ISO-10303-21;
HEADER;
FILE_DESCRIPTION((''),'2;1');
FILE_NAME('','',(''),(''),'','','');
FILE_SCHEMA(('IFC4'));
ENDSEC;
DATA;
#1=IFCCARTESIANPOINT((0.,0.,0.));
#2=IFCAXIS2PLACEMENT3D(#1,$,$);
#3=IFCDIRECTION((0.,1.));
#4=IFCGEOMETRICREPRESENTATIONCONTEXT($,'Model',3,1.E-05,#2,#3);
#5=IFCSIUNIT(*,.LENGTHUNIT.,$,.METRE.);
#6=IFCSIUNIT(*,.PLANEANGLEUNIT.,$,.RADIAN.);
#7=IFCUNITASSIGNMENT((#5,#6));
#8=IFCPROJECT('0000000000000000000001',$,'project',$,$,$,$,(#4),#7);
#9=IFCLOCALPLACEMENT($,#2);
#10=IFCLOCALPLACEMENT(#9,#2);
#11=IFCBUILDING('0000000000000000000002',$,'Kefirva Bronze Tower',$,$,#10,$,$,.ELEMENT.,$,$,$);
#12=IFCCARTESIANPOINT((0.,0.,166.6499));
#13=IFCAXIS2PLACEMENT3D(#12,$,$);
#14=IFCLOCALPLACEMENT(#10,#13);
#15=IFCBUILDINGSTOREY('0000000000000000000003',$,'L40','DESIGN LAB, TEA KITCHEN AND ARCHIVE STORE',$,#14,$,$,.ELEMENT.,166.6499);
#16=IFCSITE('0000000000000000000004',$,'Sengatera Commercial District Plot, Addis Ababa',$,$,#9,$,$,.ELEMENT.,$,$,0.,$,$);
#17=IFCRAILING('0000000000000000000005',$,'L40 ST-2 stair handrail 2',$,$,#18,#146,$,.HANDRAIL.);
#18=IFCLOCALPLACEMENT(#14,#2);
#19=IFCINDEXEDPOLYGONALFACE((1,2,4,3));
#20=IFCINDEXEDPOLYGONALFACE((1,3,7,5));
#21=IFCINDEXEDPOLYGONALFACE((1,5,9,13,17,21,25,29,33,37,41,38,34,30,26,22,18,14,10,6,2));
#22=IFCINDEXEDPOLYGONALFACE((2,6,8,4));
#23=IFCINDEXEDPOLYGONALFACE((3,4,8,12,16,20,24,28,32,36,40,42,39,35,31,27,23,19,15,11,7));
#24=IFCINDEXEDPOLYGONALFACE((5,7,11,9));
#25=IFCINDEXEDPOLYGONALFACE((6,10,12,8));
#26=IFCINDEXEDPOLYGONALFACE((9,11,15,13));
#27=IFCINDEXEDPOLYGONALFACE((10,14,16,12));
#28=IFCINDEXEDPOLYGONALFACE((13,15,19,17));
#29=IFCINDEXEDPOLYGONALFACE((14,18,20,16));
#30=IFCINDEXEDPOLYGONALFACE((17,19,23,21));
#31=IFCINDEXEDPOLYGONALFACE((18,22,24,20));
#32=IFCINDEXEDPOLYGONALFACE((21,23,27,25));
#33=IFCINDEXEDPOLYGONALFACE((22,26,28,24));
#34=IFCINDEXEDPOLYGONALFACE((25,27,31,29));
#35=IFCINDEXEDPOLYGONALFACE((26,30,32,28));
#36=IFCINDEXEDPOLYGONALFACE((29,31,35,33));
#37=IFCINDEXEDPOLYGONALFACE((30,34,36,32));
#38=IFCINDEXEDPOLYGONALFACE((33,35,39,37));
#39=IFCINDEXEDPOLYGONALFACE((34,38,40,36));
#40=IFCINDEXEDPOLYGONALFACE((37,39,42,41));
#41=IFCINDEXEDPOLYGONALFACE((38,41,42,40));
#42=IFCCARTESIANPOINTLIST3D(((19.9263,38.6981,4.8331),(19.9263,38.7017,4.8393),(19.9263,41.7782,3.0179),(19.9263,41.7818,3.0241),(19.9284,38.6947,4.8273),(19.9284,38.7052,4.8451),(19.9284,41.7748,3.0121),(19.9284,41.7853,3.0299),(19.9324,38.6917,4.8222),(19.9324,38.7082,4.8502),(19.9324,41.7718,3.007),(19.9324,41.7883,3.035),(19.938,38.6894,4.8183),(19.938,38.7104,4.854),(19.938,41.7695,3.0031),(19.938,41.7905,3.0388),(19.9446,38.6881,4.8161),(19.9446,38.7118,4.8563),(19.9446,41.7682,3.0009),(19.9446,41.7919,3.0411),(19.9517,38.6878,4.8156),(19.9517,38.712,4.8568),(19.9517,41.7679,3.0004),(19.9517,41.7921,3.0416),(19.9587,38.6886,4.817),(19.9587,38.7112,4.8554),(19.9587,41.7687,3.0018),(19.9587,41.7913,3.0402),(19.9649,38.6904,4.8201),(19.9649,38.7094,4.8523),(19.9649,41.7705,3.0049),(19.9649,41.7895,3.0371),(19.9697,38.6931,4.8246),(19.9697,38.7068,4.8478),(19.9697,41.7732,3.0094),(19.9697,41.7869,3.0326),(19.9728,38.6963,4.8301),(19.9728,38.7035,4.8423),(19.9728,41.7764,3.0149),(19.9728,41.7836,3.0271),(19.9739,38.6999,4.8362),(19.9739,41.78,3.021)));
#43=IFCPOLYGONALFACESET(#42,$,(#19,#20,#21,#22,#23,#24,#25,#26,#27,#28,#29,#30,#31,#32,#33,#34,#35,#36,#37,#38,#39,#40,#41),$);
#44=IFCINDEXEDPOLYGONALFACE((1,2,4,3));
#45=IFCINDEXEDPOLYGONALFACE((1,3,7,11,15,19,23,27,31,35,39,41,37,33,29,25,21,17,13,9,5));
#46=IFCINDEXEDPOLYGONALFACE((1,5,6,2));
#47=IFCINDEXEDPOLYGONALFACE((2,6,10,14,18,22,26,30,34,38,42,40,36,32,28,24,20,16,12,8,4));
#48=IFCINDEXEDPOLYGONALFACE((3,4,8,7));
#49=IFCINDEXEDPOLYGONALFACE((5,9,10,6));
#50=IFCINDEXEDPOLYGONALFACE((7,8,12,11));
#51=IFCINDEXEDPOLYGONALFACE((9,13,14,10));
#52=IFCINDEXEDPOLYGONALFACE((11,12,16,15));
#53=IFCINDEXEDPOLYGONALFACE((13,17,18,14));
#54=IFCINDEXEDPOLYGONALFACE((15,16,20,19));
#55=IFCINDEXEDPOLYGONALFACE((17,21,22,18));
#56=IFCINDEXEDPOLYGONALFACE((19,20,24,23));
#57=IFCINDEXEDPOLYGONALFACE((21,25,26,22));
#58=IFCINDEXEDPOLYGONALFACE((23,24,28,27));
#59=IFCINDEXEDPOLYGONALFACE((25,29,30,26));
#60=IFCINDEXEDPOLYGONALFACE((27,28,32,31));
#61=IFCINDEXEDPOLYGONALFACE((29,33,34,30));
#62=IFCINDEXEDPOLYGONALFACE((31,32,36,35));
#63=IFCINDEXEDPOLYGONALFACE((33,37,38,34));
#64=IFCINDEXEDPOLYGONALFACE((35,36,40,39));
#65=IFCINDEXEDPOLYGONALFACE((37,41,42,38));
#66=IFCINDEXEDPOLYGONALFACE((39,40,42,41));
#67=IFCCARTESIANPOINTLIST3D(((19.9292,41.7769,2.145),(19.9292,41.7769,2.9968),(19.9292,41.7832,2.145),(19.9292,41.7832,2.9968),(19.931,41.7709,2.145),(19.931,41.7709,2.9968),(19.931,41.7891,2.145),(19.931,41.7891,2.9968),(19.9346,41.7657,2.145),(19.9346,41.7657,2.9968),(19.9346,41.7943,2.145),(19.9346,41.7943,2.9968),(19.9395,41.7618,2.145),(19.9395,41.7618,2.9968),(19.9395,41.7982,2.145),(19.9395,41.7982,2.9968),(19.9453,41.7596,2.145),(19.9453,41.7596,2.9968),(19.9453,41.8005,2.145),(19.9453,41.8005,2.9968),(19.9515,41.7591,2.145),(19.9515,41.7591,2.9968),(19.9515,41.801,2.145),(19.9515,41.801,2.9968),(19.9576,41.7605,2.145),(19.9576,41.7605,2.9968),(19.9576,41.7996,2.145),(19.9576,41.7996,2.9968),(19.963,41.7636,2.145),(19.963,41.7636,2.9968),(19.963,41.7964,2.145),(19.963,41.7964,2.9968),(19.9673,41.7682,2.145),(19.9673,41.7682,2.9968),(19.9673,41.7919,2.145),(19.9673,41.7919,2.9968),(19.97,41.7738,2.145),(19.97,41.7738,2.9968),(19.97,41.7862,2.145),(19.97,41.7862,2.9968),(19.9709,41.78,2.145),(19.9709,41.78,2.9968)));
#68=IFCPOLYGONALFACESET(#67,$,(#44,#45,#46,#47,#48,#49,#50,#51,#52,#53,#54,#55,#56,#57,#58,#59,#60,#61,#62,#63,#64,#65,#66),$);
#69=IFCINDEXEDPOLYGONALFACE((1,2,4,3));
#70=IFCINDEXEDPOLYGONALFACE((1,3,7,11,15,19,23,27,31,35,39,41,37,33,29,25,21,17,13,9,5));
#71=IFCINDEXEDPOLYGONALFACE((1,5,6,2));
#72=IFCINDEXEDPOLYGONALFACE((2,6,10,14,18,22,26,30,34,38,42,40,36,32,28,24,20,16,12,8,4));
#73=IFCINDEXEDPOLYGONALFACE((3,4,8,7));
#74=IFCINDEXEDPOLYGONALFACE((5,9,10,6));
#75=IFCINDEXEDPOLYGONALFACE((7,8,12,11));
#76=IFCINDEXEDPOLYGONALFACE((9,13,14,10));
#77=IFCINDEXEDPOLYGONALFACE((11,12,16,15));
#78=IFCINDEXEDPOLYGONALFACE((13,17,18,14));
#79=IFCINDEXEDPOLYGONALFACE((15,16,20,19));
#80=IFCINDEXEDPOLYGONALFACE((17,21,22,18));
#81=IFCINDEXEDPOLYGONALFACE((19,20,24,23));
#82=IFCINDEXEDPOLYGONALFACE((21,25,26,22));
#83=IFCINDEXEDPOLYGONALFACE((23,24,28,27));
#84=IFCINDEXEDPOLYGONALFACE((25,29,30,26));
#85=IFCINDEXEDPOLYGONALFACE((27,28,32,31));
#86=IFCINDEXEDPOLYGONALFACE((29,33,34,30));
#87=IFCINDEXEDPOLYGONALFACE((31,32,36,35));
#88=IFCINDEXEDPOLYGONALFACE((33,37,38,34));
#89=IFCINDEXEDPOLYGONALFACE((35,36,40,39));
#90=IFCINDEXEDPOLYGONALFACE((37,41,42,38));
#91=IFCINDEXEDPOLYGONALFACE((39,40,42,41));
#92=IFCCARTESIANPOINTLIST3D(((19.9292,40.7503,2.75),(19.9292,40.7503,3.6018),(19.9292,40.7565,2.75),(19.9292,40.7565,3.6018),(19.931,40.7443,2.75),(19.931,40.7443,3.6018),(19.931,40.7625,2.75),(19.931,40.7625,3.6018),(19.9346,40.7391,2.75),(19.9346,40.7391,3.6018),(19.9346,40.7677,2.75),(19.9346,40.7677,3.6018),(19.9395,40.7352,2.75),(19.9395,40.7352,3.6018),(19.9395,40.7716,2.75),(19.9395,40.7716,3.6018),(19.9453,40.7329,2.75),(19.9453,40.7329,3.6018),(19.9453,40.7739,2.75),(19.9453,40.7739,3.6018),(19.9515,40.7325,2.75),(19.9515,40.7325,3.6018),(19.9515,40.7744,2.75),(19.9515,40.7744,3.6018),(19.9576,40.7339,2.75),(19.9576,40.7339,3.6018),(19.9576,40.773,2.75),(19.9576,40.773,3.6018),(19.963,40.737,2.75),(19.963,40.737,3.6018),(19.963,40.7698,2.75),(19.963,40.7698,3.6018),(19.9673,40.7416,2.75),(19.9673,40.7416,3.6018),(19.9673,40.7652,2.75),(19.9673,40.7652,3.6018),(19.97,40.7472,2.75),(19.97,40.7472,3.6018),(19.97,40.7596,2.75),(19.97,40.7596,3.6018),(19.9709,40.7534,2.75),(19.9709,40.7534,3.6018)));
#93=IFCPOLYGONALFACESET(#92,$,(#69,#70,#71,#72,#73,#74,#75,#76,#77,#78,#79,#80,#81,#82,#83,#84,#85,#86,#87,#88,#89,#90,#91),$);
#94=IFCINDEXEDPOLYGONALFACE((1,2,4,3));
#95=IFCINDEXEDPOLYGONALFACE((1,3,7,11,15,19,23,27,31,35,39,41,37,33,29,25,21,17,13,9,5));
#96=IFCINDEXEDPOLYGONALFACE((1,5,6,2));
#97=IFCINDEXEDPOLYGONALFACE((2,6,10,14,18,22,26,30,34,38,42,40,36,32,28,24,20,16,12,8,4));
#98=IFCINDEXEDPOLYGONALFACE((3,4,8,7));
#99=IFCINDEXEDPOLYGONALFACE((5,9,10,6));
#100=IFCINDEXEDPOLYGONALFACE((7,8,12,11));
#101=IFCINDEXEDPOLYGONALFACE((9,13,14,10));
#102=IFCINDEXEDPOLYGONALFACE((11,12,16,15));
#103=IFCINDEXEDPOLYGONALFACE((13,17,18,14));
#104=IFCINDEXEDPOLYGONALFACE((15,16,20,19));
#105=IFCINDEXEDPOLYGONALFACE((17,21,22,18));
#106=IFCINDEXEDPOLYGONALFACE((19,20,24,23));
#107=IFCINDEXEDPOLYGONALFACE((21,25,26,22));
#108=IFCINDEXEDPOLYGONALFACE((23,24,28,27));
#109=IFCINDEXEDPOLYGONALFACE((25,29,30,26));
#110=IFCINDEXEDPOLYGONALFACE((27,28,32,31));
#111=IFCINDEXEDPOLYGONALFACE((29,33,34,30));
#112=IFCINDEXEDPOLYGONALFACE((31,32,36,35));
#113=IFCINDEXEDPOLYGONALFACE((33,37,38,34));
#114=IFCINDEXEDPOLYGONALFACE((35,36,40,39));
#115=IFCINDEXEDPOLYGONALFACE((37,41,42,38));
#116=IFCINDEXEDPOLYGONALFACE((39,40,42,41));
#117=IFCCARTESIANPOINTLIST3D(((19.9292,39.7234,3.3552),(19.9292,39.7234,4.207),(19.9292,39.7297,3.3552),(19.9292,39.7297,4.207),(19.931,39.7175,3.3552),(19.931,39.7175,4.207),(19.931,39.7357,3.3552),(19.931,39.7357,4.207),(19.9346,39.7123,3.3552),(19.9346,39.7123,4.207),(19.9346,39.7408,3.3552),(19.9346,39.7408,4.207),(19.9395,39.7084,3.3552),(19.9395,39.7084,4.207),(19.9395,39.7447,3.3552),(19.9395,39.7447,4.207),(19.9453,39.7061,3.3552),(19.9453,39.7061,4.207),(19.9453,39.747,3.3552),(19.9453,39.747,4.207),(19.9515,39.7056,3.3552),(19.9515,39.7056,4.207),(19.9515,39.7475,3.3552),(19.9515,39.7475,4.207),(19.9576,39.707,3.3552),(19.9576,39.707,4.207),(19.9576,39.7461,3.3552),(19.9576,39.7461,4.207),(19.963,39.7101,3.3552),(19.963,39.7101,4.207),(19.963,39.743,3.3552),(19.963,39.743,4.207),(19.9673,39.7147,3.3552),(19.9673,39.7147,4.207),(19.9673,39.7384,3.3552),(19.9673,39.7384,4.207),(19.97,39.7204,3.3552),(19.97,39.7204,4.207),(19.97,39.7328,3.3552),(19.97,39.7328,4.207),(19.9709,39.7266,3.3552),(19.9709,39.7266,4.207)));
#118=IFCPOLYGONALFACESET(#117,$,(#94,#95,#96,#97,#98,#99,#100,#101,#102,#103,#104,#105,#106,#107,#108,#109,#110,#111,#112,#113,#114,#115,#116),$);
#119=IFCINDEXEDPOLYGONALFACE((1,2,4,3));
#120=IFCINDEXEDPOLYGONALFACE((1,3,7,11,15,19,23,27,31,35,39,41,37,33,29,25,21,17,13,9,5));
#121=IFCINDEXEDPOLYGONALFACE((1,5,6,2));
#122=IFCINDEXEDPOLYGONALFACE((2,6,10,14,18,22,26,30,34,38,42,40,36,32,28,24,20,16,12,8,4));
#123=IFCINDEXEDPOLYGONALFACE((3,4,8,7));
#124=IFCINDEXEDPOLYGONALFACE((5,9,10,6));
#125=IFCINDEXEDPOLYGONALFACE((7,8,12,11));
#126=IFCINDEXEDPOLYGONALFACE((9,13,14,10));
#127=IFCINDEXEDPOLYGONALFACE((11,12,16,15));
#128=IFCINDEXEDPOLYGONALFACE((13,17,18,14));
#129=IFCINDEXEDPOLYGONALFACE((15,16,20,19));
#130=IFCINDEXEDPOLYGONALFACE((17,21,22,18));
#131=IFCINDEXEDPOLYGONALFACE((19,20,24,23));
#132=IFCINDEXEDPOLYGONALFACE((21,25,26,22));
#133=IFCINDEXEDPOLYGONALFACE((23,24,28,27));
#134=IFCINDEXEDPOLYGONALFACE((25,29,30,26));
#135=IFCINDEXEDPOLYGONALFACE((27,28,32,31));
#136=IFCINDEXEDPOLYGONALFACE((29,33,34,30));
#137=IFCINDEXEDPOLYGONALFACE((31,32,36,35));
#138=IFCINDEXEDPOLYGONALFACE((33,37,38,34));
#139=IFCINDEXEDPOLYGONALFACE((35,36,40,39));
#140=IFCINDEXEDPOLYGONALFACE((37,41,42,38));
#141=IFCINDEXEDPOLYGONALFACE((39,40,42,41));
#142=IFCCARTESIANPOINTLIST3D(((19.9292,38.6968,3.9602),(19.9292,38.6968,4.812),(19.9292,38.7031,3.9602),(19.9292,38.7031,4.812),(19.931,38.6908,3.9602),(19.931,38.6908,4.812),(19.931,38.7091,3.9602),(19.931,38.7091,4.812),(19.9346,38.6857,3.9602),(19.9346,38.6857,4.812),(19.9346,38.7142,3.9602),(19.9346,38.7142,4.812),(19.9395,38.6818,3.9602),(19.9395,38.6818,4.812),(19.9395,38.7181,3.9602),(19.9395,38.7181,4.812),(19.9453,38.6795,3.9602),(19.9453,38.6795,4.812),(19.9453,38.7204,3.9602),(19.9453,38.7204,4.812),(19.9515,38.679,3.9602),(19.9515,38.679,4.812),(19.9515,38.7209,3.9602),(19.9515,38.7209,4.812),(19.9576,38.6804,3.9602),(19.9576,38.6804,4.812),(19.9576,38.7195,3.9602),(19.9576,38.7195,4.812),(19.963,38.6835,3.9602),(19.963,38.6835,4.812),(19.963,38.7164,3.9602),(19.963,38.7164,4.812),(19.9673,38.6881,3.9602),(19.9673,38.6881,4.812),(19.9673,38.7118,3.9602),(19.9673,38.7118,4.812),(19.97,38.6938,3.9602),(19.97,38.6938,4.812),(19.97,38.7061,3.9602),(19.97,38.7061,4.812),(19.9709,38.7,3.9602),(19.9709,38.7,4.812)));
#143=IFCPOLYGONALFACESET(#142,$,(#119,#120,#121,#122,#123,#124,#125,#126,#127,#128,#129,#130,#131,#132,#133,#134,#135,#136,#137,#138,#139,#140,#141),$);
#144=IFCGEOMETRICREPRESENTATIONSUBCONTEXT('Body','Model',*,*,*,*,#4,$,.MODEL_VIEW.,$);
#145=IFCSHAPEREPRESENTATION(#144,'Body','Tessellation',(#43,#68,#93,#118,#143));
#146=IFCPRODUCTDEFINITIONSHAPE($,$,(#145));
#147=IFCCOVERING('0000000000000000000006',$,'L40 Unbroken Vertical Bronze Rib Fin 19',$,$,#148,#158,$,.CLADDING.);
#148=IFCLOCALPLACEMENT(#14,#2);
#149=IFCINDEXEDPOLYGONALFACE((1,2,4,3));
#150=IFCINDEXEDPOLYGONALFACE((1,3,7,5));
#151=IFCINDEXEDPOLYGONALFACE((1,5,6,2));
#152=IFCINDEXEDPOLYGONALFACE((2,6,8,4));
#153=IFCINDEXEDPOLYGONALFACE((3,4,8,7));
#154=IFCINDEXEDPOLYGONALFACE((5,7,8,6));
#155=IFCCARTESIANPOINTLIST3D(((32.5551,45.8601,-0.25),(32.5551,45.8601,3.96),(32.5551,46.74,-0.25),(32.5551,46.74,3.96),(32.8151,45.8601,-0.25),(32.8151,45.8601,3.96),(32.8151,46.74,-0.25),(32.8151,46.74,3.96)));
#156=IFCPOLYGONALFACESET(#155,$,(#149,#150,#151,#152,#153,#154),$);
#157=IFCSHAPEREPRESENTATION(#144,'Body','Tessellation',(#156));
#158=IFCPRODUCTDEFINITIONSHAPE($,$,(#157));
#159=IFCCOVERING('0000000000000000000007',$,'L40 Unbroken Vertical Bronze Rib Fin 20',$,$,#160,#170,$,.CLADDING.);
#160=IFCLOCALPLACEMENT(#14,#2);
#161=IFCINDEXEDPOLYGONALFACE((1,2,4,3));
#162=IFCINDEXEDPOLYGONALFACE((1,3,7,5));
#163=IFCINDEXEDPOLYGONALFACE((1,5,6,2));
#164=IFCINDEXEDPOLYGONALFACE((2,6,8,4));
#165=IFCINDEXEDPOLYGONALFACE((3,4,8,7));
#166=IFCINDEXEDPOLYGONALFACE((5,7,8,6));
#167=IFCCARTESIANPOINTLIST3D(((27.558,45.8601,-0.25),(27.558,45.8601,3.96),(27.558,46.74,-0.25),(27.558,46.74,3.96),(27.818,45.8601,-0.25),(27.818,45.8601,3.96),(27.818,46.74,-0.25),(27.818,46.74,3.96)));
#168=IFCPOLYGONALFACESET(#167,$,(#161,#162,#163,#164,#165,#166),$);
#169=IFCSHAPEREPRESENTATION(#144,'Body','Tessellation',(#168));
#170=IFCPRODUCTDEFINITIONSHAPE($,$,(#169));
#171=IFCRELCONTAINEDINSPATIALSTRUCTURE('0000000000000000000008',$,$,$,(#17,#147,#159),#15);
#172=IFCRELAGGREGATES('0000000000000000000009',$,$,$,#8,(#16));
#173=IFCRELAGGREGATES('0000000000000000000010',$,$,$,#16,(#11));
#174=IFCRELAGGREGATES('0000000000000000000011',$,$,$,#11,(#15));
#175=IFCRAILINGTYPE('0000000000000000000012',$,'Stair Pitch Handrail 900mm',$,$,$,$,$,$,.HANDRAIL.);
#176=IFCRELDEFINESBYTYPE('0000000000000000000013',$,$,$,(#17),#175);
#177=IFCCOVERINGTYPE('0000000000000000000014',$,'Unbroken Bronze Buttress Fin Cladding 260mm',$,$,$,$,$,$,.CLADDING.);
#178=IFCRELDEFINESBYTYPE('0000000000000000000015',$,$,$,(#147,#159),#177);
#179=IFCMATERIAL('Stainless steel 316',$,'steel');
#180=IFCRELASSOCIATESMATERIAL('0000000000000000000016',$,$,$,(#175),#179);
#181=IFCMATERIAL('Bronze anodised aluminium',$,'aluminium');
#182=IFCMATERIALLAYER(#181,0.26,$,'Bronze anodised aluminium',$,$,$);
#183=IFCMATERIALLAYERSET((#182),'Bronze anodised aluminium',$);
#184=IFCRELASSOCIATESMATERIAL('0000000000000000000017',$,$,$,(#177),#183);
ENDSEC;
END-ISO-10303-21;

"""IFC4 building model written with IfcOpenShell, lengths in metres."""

from ifc_helpers import new_model, si_unit, direction, frame, origin, origin_2d, place, context, subcontext, project, spatial, rectangle, circle, extrude, material, layer, layer_set, type_object, element, save


model = new_model("IFC4")

# Units and contexts
model_context = context("Model", 3, precision=1e-05, world=origin(), true_north=direction((0.0, 1.0)))
body_context = subcontext(model_context, "Body", "Model", "MODEL_VIEW")
ifc_project = project(units=[si_unit("LENGTHUNIT", "METRE"), si_unit("PLANEANGLEUNIT", "RADIAN")], contexts=[model_context])

# Site, building, storey
site_placement = place(None, origin())
site = spatial("IfcSite", under=ifc_project, at=site_placement, Name="Sengatera Commercial District Plot, Addis Ababa", CompositionType="ELEMENT", RefElevation=0.0)
building_placement = place(site_placement, origin())
building = spatial("IfcBuilding", under=site, at=building_placement, Name="Kefirva Bronze Tower", CompositionType="ELEMENT")
storey_placement = place(building_placement, frame((0.0, 0.0, 166.6499)))
storey = spatial("IfcBuildingStorey", under=building, at=storey_placement, Name="L40", Description="DESIGN LAB, TEA KITCHEN AND ARCHIVE STORE", CompositionType="ELEMENT", Elevation=166.6499)

# Shared definitions
ifc_material_1 = material(Name="Bronze anodised aluminium", Category="aluminium")

# Railing
ifc_material_2 = material(Name="Stainless steel 316", Category="steel")
railing_type_1 = type_object("IfcRailingType", Name="Stair Pitch Handrail 900mm", PredefinedType="HANDRAIL", material=ifc_material_2)
railing_1_placement = place(storey_placement, frame((19.95, 41.78, 2.145)))
element("IfcRailing", 1, at=railing_1_placement, inside=storey, type_object=railing_type_1, Name="L40 ST-2 stair handrail 2", PredefinedType="HANDRAIL", context=body_context, shape_type="SweptSolid", body=[
    extrude(circle(Radius=0.0239, at=origin_2d()), frame((0.0, 0.0, 0.876), z_axis=(0.0, -0.861521, 0.507721), x_axis=(1.0, 0.0, 0.0)), (0.0, 0.0, 1.0), 3.5752),
    extrude(circle(Radius=0.021, at=origin_2d()), origin(), (0.0, 0.0, 1.0), 0.8518),
    extrude(circle(Radius=0.021, at=origin_2d()), frame((0.0, -1.0266, 0.605)), (0.0, 0.0, 1.0), 0.8518),
    extrude(circle(Radius=0.021, at=origin_2d()), frame((0.0, -2.0535, 1.2102)), (0.0, 0.0, 1.0), 0.8518),
    extrude(circle(Radius=0.021, at=origin_2d()), frame((0.0, -3.0801, 1.8152)), (0.0, 0.0, 1.0), 0.8518),
])

# Coverings
ifc_layer_1 = layer(ifc_material_1, 0.26, Name="Bronze anodised aluminium")
ifc_layer_set_1 = layer_set([ifc_layer_1], Name="Bronze anodised aluminium")
covering_type = type_object("IfcCoveringType", Name="Unbroken Bronze Buttress Fin Cladding 260mm", PredefinedType="CLADDING", material=ifc_layer_set_1)
for number, where, z_axis, x_axis, name in (
    (2, (32.6851, 46.3, -0.25), (0.0, 0.0, 1.0), (-1.0, 0.0, 0.0), "L40 Unbroken Vertical Bronze Rib Fin 19"),
    (3, (27.688, 46.3, -0.25), (0.0, 0.0, 1.0), (-1.0, 0.0, 0.0), "L40 Unbroken Vertical Bronze Rib Fin 20"),
):
    element("IfcCovering", number, at=place(storey_placement, frame(where, z_axis=z_axis, x_axis=x_axis)), inside=storey, type_object=covering_type, Name=name, PredefinedType="CLADDING", context=body_context, shape_type="SweptSolid", body=[
        extrude(rectangle(XDim=0.26, YDim=0.8799, at=origin_2d()), origin(), (0.0, 0.0, 1.0), 4.21),
    ])

save(model, "model.ifc")
